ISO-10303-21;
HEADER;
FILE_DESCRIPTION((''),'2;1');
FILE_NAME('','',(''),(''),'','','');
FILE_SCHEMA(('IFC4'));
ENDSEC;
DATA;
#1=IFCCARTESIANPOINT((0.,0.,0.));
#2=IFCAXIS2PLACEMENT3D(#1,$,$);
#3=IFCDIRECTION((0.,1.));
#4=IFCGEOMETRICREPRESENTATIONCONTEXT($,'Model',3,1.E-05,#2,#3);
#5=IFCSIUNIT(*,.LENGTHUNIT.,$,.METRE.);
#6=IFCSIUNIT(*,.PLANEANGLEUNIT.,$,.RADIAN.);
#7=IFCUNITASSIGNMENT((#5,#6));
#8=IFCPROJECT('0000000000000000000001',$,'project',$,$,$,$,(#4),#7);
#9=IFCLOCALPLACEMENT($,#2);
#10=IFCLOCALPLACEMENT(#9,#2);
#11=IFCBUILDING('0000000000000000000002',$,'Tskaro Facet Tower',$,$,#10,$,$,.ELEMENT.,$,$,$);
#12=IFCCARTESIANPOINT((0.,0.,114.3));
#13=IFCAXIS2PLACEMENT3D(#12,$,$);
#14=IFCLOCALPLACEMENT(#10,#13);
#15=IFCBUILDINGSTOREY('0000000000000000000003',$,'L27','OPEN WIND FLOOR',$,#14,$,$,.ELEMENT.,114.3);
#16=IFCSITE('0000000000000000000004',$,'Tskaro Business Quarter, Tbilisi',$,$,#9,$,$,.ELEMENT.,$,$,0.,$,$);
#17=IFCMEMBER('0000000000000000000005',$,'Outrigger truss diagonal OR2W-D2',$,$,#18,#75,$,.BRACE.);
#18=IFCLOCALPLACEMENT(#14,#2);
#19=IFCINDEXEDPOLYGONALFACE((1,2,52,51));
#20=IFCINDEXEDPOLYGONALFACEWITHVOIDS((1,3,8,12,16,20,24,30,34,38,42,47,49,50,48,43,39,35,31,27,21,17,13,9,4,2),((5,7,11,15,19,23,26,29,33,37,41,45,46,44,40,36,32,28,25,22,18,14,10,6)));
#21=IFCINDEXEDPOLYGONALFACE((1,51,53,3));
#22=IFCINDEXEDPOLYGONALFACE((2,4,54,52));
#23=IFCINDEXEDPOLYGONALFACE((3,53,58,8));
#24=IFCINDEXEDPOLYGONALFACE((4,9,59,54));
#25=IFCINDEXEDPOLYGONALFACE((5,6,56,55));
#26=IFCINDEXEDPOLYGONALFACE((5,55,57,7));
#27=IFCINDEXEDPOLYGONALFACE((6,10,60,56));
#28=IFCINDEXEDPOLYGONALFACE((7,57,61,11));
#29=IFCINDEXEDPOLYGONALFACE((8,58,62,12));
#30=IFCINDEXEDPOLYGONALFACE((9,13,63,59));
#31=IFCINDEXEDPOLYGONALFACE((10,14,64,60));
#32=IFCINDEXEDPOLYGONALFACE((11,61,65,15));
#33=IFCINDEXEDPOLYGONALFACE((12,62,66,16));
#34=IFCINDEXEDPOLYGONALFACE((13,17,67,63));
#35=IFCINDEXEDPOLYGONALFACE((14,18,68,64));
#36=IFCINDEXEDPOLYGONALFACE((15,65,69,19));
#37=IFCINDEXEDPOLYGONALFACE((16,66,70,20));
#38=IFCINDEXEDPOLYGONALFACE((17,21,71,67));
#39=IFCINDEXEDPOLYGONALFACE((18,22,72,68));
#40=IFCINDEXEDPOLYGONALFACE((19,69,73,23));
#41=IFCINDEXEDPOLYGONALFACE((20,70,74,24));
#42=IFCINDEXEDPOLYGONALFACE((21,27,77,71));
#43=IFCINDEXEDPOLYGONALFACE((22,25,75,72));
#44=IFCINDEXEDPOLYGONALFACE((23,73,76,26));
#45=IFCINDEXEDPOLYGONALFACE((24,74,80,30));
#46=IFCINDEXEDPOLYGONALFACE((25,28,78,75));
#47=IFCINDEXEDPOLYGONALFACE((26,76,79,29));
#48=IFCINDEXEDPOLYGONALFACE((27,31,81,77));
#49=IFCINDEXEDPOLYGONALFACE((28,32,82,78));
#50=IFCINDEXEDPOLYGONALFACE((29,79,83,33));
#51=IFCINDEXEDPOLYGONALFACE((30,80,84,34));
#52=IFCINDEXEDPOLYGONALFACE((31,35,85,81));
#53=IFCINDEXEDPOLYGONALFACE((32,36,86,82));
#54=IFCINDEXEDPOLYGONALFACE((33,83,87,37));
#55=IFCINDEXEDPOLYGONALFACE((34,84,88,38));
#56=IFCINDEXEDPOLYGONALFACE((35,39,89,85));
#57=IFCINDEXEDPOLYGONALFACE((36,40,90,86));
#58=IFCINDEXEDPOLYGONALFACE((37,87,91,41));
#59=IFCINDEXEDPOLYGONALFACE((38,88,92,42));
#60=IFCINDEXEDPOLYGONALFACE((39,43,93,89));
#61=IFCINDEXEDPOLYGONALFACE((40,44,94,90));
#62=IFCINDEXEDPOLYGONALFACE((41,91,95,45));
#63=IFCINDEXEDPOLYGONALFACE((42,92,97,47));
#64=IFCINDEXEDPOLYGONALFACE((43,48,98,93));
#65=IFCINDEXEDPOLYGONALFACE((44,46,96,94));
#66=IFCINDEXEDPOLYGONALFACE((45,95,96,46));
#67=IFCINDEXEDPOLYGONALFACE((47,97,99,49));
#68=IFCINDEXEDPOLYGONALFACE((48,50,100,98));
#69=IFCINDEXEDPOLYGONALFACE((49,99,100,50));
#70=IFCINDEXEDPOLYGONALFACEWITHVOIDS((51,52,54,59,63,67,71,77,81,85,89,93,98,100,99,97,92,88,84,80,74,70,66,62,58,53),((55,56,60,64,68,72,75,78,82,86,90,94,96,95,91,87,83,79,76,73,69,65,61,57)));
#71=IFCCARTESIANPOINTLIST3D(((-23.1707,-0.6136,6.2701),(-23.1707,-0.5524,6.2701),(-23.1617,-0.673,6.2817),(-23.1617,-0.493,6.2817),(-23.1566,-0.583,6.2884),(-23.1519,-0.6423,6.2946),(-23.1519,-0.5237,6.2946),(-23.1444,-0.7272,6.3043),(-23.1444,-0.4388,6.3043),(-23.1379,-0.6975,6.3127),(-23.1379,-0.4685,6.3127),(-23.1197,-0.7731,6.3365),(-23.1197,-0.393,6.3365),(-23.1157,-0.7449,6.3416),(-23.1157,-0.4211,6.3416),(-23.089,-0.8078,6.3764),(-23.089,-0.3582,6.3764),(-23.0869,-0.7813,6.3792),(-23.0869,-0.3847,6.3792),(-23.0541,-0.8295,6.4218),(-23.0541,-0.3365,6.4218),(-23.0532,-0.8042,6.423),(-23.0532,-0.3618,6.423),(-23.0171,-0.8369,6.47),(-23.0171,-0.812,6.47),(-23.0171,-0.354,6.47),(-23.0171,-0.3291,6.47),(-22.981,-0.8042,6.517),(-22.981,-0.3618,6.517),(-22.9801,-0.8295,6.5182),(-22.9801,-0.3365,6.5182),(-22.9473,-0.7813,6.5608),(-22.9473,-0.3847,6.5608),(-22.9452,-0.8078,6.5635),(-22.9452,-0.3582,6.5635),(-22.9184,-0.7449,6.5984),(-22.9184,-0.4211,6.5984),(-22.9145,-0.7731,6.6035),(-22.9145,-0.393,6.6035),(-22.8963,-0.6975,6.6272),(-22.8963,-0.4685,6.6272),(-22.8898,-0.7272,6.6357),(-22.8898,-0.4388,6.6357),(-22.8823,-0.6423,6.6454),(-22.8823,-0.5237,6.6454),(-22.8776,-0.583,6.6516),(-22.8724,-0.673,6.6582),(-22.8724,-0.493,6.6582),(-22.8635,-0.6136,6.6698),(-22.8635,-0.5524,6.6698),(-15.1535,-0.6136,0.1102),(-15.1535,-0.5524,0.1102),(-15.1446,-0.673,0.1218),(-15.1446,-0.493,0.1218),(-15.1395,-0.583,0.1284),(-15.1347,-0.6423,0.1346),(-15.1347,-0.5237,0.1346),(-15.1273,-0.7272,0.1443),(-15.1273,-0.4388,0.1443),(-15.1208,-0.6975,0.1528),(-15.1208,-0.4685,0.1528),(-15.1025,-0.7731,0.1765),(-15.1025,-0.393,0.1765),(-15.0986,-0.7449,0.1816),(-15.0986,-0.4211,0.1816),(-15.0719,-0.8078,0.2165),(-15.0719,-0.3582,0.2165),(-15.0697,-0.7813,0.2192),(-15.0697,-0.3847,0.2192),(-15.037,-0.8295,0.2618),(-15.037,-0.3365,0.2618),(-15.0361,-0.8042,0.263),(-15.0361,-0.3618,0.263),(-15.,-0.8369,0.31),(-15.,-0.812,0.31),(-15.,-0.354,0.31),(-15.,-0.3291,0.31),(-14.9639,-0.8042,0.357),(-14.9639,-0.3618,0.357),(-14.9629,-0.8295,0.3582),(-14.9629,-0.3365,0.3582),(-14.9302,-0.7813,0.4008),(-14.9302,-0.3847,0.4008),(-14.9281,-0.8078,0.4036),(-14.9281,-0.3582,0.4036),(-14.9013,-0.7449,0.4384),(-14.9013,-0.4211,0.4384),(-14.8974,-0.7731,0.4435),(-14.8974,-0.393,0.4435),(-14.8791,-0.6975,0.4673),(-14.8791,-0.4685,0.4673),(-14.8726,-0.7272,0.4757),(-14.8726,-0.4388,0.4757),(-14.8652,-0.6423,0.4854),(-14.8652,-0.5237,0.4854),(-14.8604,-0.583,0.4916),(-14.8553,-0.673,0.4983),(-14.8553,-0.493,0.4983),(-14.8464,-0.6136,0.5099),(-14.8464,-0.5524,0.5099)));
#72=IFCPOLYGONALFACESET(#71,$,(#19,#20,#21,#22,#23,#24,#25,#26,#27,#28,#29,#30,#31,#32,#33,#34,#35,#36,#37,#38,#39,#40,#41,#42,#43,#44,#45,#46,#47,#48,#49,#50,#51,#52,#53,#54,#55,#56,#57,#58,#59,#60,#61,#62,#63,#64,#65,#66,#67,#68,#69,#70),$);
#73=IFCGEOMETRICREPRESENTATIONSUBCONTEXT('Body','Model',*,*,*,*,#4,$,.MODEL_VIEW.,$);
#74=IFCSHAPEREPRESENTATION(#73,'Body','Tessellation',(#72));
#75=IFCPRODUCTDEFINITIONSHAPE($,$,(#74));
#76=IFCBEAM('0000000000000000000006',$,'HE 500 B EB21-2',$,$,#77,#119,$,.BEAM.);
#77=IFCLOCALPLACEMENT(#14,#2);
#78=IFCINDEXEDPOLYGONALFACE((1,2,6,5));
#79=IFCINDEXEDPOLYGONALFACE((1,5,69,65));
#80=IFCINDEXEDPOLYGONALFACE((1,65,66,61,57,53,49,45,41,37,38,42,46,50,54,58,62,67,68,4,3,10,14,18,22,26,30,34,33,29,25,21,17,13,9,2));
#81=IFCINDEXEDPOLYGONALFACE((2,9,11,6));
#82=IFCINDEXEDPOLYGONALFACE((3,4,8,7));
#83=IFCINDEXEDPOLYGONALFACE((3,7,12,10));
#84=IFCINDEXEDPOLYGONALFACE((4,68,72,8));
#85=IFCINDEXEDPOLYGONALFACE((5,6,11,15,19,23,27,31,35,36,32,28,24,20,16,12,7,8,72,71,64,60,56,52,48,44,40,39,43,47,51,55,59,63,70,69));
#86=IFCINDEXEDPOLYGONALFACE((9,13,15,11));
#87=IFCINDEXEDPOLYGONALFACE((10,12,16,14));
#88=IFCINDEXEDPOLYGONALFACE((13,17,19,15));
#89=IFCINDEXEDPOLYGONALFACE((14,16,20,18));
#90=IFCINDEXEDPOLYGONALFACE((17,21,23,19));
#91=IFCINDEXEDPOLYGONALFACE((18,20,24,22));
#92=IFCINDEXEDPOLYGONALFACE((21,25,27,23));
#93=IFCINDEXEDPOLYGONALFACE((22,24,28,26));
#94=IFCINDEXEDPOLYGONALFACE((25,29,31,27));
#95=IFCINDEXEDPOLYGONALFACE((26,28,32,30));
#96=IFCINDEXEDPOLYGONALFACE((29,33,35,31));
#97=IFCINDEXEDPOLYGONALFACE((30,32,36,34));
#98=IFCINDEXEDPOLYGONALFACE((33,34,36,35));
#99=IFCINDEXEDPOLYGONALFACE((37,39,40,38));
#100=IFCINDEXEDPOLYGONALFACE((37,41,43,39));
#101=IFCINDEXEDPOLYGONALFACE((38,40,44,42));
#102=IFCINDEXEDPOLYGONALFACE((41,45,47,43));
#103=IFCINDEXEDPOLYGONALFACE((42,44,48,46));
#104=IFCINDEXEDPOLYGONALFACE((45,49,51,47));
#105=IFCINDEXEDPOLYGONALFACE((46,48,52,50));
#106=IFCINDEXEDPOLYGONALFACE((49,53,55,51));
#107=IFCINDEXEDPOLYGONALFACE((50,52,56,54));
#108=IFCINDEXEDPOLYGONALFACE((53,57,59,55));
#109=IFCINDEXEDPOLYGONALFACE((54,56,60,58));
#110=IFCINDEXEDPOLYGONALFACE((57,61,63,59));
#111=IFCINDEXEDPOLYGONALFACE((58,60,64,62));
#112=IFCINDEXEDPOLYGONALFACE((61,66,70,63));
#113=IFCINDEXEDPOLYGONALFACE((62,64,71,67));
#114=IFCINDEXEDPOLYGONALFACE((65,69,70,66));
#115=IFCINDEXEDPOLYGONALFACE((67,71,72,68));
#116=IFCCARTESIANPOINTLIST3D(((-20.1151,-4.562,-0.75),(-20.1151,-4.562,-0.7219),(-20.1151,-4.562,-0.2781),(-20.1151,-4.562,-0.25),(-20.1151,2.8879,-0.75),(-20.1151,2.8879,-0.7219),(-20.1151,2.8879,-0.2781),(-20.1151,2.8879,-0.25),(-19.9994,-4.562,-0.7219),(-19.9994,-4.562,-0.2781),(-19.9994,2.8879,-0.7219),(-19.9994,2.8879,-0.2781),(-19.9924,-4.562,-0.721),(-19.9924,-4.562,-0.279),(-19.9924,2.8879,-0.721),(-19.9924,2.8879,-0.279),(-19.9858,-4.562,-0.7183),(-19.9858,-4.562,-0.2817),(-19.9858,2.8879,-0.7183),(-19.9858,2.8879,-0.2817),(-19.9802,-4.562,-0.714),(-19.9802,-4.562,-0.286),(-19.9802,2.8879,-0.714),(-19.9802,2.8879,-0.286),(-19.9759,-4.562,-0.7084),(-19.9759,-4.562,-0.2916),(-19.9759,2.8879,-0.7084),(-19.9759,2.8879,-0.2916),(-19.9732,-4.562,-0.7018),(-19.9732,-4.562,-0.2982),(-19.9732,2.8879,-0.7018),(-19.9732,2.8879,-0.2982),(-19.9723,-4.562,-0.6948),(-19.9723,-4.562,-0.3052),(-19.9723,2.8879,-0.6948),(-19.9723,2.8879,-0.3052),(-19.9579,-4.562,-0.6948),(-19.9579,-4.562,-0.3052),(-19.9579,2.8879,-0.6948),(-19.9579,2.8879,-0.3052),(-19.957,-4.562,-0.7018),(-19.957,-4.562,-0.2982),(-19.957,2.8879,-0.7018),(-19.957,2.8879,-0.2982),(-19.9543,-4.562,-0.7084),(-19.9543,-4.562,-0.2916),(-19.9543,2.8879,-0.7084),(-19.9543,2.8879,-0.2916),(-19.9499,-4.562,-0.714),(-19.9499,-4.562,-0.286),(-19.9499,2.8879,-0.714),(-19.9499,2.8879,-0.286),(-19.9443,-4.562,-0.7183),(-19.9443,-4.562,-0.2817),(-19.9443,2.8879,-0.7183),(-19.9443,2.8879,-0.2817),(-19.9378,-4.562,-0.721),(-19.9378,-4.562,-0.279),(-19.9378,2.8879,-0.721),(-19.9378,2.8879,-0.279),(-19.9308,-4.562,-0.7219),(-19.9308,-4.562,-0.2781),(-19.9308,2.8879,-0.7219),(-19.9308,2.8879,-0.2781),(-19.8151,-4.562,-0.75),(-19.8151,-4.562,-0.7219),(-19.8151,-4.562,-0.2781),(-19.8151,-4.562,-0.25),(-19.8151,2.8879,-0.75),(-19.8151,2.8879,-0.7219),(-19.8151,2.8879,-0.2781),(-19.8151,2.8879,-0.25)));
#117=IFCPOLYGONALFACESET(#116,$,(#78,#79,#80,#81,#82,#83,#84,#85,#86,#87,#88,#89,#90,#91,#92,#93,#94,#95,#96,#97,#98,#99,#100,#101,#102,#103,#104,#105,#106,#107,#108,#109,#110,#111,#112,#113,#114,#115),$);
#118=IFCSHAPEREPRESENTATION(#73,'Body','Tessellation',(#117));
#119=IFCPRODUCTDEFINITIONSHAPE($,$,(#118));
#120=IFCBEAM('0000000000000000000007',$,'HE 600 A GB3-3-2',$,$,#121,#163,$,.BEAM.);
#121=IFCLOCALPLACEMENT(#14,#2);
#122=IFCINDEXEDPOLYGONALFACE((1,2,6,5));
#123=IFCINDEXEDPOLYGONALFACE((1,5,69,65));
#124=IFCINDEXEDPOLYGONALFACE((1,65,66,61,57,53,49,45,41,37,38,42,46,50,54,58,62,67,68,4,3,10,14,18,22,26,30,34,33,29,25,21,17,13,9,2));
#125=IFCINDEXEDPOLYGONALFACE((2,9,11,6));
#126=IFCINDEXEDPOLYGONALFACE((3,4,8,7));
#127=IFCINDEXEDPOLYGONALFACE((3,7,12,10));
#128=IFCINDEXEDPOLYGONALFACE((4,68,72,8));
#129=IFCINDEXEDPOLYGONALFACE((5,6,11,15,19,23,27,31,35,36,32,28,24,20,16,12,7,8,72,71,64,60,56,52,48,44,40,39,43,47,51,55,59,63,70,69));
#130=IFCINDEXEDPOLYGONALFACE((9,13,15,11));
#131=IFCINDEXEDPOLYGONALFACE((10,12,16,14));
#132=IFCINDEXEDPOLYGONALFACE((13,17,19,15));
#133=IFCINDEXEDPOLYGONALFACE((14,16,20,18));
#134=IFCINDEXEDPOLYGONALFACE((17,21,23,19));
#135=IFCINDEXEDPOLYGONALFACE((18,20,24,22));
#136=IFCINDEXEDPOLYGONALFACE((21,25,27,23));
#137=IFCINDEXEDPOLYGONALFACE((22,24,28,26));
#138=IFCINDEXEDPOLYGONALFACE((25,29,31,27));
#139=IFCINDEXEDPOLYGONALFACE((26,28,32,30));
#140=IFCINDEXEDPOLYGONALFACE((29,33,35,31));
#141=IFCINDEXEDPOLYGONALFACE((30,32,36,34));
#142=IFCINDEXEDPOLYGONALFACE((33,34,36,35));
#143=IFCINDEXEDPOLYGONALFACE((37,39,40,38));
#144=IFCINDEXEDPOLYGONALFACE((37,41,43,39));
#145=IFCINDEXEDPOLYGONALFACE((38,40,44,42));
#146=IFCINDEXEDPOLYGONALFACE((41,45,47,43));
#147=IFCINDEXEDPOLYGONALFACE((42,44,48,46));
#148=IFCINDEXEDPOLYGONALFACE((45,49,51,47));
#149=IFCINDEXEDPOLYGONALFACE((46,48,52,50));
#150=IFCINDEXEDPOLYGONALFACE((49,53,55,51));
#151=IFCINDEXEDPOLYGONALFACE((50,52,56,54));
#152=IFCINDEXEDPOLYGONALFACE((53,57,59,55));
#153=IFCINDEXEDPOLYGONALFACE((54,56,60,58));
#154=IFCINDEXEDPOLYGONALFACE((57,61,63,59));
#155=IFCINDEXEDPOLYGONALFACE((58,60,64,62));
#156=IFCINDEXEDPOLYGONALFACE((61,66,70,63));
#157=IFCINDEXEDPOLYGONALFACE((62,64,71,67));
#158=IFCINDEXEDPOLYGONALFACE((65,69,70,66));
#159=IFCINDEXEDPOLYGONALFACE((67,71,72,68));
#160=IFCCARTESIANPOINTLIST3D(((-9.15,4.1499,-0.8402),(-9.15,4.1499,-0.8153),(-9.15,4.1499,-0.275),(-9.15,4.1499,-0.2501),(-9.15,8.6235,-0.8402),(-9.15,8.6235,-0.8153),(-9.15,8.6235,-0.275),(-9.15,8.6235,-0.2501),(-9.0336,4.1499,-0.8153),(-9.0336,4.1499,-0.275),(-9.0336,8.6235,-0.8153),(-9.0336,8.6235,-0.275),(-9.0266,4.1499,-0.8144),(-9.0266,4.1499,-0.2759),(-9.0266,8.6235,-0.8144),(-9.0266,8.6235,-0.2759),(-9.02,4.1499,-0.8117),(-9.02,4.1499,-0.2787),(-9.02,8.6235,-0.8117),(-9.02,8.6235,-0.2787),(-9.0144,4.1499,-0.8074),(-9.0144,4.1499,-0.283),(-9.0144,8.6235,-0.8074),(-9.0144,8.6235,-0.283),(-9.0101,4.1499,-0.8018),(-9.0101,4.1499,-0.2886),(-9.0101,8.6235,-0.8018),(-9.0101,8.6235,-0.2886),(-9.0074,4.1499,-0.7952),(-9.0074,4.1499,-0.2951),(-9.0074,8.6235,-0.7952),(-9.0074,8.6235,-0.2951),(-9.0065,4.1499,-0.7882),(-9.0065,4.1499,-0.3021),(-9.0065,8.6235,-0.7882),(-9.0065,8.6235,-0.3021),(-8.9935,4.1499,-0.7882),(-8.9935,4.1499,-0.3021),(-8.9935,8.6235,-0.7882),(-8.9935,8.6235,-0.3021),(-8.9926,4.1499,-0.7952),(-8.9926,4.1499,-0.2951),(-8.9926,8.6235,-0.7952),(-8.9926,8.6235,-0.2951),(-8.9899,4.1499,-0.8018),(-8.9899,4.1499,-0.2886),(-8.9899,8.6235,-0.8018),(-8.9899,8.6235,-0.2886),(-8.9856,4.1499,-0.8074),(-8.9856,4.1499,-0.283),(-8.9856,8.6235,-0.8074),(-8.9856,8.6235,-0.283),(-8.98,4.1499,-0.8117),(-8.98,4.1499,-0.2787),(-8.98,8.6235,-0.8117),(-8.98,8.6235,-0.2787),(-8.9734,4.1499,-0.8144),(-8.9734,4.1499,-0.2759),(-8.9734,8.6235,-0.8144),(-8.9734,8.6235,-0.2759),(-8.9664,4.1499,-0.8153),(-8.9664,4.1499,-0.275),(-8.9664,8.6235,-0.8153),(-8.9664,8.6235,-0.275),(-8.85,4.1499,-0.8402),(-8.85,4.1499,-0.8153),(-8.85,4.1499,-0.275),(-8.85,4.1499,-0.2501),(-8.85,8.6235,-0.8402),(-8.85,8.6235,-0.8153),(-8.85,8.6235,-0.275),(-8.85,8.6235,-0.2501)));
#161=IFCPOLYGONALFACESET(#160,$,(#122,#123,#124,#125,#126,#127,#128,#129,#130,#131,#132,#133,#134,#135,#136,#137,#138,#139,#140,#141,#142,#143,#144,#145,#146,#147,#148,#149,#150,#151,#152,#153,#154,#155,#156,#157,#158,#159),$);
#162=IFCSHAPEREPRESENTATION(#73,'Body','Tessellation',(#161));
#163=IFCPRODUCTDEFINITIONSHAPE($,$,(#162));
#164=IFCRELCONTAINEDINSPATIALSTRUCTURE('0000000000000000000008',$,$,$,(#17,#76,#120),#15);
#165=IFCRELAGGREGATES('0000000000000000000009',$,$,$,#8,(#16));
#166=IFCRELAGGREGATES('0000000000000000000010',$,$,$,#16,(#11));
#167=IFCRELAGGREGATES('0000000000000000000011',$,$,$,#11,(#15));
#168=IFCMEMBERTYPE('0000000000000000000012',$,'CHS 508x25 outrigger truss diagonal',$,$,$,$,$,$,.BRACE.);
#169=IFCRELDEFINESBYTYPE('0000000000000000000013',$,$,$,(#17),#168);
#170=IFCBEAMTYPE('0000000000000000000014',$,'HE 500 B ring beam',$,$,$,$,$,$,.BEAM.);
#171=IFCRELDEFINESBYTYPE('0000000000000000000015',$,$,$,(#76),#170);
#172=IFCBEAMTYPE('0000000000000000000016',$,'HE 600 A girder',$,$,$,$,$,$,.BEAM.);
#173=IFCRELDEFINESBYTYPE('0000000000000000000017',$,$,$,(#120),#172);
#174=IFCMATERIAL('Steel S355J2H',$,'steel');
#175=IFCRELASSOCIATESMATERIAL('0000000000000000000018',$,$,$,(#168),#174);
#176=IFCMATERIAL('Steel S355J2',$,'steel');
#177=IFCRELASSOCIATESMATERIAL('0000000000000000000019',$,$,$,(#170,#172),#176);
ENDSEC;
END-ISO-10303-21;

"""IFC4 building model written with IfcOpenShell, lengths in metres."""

from ifc_helpers import new_model, si_unit, direction, frame, origin, origin_2d, place, context, subcontext, project, spatial, hollow_circle, i_section, extrude, material, material_profile, profile_set, type_object, element, save


model = new_model("IFC4")

# Units and contexts
model_context = context("Model", 3, precision=1e-05, world=origin(), true_north=direction((0.0, 1.0)))
body_context = subcontext(model_context, "Body", "Model", "MODEL_VIEW")
ifc_project = project(units=[si_unit("LENGTHUNIT", "METRE"), si_unit("PLANEANGLEUNIT", "RADIAN")], contexts=[model_context])

# Site, building, storey
site_placement = place(None, origin())
site = spatial("IfcSite", under=ifc_project, at=site_placement, Name="Tskaro Business Quarter, Tbilisi", CompositionType="ELEMENT", RefElevation=0.0)
building_placement = place(site_placement, origin())
building = spatial("IfcBuilding", under=site, at=building_placement, Name="Tskaro Facet Tower", CompositionType="ELEMENT")
storey_placement = place(building_placement, frame((0.0, 0.0, 114.3)))
storey = spatial("IfcBuildingStorey", under=building, at=storey_placement, Name="L27", Description="OPEN WIND FLOOR", CompositionType="ELEMENT", Elevation=114.3)

# Shared definitions
ifc_material_1 = material(Name="Steel S355J2H", Category="steel")

# Shared definitions
ifc_material_2 = material(Name="Steel S355J2", Category="steel")

# Member
ifc_material_profile_1 = material_profile(ifc_material_1, hollow_circle(Radius=0.2539, WallThickness=0.0249, at=origin_2d()), Name="CHS 508x25")
ifc_profile_set_1 = profile_set([ifc_material_profile_1], Name="Steel S355J2H")
member_type_1 = type_object("IfcMemberType", Name="CHS 508x25 outrigger truss diagonal", PredefinedType="BRACE", material=ifc_profile_set_1)
member_1_placement = place(storey_placement, frame((-23.0171, -0.583, 6.47), z_axis=(0.792962, 0.0, -0.609271), x_axis=(0.0, 1.0, 0.0)))
element("IfcMember", 1, at=member_1_placement, inside=storey, type_object=member_type_1, Name="Outrigger truss diagonal OR2W-D2", PredefinedType="BRACE", context=body_context, shape_type="SweptSolid", body=[
    extrude(hollow_circle(Radius=0.2539, WallThickness=0.0249, at=origin_2d()), origin(), (0.0, 0.0, 1.0), 10.1104),
])

# Beams
ifc_material_profile_2 = material_profile(ifc_material_2, i_section(OverallWidth=0.3, OverallDepth=0.5, WebThickness=0.0144, FlangeThickness=0.0281, FilletRadius=0.0271, at=origin_2d()), Name="HE 500 B")
ifc_profile_set_2 = profile_set([ifc_material_profile_2], Name="Steel S355J2")
beam_type_1 = type_object("IfcBeamType", Name="HE 500 B ring beam", PredefinedType="BEAM", material=ifc_profile_set_2)
beam_1_placement = place(storey_placement, frame((-19.9651, 2.8879, -0.5), z_axis=(0.0, -1.0, 0.0), x_axis=(1.0, 0.0, 0.0)))
element("IfcBeam", 2, at=beam_1_placement, inside=storey, type_object=beam_type_1, Name="HE 500 B EB21-2", PredefinedType="BEAM", context=body_context, shape_type="SweptSolid", body=[
    extrude(i_section(OverallWidth=0.3, OverallDepth=0.5, WebThickness=0.0144, FlangeThickness=0.0281, FilletRadius=0.0271, at=origin_2d()), origin(), (0.0, 0.0, 1.0), 7.45),
])
ifc_material_profile_3 = material_profile(ifc_material_2, i_section(OverallWidth=0.3, OverallDepth=0.5901, WebThickness=0.0129, FlangeThickness=0.0249, FilletRadius=0.0271, at=origin_2d()), Name="HE 600 A")
ifc_profile_set_3 = profile_set([ifc_material_profile_3], Name="Steel S355J2")
beam_type_2 = type_object("IfcBeamType", Name="HE 600 A girder", PredefinedType="BEAM", material=ifc_profile_set_3)
beam_2_placement = place(storey_placement, frame((-9.0, 4.1499, -0.5452), z_axis=(0.0, 1.0, 0.0), x_axis=(-1.0, 0.0, 0.0)))
element("IfcBeam", 3, at=beam_2_placement, inside=storey, type_object=beam_type_2, Name="HE 600 A GB3-3-2", PredefinedType="BEAM", context=body_context, shape_type="SweptSolid", body=[
    extrude(i_section(OverallWidth=0.3, OverallDepth=0.5901, WebThickness=0.0129, FlangeThickness=0.0249, FilletRadius=0.0271, at=origin_2d()), origin(), (0.0, 0.0, 1.0), 4.4736),
])

save(model, "model.ifc")
